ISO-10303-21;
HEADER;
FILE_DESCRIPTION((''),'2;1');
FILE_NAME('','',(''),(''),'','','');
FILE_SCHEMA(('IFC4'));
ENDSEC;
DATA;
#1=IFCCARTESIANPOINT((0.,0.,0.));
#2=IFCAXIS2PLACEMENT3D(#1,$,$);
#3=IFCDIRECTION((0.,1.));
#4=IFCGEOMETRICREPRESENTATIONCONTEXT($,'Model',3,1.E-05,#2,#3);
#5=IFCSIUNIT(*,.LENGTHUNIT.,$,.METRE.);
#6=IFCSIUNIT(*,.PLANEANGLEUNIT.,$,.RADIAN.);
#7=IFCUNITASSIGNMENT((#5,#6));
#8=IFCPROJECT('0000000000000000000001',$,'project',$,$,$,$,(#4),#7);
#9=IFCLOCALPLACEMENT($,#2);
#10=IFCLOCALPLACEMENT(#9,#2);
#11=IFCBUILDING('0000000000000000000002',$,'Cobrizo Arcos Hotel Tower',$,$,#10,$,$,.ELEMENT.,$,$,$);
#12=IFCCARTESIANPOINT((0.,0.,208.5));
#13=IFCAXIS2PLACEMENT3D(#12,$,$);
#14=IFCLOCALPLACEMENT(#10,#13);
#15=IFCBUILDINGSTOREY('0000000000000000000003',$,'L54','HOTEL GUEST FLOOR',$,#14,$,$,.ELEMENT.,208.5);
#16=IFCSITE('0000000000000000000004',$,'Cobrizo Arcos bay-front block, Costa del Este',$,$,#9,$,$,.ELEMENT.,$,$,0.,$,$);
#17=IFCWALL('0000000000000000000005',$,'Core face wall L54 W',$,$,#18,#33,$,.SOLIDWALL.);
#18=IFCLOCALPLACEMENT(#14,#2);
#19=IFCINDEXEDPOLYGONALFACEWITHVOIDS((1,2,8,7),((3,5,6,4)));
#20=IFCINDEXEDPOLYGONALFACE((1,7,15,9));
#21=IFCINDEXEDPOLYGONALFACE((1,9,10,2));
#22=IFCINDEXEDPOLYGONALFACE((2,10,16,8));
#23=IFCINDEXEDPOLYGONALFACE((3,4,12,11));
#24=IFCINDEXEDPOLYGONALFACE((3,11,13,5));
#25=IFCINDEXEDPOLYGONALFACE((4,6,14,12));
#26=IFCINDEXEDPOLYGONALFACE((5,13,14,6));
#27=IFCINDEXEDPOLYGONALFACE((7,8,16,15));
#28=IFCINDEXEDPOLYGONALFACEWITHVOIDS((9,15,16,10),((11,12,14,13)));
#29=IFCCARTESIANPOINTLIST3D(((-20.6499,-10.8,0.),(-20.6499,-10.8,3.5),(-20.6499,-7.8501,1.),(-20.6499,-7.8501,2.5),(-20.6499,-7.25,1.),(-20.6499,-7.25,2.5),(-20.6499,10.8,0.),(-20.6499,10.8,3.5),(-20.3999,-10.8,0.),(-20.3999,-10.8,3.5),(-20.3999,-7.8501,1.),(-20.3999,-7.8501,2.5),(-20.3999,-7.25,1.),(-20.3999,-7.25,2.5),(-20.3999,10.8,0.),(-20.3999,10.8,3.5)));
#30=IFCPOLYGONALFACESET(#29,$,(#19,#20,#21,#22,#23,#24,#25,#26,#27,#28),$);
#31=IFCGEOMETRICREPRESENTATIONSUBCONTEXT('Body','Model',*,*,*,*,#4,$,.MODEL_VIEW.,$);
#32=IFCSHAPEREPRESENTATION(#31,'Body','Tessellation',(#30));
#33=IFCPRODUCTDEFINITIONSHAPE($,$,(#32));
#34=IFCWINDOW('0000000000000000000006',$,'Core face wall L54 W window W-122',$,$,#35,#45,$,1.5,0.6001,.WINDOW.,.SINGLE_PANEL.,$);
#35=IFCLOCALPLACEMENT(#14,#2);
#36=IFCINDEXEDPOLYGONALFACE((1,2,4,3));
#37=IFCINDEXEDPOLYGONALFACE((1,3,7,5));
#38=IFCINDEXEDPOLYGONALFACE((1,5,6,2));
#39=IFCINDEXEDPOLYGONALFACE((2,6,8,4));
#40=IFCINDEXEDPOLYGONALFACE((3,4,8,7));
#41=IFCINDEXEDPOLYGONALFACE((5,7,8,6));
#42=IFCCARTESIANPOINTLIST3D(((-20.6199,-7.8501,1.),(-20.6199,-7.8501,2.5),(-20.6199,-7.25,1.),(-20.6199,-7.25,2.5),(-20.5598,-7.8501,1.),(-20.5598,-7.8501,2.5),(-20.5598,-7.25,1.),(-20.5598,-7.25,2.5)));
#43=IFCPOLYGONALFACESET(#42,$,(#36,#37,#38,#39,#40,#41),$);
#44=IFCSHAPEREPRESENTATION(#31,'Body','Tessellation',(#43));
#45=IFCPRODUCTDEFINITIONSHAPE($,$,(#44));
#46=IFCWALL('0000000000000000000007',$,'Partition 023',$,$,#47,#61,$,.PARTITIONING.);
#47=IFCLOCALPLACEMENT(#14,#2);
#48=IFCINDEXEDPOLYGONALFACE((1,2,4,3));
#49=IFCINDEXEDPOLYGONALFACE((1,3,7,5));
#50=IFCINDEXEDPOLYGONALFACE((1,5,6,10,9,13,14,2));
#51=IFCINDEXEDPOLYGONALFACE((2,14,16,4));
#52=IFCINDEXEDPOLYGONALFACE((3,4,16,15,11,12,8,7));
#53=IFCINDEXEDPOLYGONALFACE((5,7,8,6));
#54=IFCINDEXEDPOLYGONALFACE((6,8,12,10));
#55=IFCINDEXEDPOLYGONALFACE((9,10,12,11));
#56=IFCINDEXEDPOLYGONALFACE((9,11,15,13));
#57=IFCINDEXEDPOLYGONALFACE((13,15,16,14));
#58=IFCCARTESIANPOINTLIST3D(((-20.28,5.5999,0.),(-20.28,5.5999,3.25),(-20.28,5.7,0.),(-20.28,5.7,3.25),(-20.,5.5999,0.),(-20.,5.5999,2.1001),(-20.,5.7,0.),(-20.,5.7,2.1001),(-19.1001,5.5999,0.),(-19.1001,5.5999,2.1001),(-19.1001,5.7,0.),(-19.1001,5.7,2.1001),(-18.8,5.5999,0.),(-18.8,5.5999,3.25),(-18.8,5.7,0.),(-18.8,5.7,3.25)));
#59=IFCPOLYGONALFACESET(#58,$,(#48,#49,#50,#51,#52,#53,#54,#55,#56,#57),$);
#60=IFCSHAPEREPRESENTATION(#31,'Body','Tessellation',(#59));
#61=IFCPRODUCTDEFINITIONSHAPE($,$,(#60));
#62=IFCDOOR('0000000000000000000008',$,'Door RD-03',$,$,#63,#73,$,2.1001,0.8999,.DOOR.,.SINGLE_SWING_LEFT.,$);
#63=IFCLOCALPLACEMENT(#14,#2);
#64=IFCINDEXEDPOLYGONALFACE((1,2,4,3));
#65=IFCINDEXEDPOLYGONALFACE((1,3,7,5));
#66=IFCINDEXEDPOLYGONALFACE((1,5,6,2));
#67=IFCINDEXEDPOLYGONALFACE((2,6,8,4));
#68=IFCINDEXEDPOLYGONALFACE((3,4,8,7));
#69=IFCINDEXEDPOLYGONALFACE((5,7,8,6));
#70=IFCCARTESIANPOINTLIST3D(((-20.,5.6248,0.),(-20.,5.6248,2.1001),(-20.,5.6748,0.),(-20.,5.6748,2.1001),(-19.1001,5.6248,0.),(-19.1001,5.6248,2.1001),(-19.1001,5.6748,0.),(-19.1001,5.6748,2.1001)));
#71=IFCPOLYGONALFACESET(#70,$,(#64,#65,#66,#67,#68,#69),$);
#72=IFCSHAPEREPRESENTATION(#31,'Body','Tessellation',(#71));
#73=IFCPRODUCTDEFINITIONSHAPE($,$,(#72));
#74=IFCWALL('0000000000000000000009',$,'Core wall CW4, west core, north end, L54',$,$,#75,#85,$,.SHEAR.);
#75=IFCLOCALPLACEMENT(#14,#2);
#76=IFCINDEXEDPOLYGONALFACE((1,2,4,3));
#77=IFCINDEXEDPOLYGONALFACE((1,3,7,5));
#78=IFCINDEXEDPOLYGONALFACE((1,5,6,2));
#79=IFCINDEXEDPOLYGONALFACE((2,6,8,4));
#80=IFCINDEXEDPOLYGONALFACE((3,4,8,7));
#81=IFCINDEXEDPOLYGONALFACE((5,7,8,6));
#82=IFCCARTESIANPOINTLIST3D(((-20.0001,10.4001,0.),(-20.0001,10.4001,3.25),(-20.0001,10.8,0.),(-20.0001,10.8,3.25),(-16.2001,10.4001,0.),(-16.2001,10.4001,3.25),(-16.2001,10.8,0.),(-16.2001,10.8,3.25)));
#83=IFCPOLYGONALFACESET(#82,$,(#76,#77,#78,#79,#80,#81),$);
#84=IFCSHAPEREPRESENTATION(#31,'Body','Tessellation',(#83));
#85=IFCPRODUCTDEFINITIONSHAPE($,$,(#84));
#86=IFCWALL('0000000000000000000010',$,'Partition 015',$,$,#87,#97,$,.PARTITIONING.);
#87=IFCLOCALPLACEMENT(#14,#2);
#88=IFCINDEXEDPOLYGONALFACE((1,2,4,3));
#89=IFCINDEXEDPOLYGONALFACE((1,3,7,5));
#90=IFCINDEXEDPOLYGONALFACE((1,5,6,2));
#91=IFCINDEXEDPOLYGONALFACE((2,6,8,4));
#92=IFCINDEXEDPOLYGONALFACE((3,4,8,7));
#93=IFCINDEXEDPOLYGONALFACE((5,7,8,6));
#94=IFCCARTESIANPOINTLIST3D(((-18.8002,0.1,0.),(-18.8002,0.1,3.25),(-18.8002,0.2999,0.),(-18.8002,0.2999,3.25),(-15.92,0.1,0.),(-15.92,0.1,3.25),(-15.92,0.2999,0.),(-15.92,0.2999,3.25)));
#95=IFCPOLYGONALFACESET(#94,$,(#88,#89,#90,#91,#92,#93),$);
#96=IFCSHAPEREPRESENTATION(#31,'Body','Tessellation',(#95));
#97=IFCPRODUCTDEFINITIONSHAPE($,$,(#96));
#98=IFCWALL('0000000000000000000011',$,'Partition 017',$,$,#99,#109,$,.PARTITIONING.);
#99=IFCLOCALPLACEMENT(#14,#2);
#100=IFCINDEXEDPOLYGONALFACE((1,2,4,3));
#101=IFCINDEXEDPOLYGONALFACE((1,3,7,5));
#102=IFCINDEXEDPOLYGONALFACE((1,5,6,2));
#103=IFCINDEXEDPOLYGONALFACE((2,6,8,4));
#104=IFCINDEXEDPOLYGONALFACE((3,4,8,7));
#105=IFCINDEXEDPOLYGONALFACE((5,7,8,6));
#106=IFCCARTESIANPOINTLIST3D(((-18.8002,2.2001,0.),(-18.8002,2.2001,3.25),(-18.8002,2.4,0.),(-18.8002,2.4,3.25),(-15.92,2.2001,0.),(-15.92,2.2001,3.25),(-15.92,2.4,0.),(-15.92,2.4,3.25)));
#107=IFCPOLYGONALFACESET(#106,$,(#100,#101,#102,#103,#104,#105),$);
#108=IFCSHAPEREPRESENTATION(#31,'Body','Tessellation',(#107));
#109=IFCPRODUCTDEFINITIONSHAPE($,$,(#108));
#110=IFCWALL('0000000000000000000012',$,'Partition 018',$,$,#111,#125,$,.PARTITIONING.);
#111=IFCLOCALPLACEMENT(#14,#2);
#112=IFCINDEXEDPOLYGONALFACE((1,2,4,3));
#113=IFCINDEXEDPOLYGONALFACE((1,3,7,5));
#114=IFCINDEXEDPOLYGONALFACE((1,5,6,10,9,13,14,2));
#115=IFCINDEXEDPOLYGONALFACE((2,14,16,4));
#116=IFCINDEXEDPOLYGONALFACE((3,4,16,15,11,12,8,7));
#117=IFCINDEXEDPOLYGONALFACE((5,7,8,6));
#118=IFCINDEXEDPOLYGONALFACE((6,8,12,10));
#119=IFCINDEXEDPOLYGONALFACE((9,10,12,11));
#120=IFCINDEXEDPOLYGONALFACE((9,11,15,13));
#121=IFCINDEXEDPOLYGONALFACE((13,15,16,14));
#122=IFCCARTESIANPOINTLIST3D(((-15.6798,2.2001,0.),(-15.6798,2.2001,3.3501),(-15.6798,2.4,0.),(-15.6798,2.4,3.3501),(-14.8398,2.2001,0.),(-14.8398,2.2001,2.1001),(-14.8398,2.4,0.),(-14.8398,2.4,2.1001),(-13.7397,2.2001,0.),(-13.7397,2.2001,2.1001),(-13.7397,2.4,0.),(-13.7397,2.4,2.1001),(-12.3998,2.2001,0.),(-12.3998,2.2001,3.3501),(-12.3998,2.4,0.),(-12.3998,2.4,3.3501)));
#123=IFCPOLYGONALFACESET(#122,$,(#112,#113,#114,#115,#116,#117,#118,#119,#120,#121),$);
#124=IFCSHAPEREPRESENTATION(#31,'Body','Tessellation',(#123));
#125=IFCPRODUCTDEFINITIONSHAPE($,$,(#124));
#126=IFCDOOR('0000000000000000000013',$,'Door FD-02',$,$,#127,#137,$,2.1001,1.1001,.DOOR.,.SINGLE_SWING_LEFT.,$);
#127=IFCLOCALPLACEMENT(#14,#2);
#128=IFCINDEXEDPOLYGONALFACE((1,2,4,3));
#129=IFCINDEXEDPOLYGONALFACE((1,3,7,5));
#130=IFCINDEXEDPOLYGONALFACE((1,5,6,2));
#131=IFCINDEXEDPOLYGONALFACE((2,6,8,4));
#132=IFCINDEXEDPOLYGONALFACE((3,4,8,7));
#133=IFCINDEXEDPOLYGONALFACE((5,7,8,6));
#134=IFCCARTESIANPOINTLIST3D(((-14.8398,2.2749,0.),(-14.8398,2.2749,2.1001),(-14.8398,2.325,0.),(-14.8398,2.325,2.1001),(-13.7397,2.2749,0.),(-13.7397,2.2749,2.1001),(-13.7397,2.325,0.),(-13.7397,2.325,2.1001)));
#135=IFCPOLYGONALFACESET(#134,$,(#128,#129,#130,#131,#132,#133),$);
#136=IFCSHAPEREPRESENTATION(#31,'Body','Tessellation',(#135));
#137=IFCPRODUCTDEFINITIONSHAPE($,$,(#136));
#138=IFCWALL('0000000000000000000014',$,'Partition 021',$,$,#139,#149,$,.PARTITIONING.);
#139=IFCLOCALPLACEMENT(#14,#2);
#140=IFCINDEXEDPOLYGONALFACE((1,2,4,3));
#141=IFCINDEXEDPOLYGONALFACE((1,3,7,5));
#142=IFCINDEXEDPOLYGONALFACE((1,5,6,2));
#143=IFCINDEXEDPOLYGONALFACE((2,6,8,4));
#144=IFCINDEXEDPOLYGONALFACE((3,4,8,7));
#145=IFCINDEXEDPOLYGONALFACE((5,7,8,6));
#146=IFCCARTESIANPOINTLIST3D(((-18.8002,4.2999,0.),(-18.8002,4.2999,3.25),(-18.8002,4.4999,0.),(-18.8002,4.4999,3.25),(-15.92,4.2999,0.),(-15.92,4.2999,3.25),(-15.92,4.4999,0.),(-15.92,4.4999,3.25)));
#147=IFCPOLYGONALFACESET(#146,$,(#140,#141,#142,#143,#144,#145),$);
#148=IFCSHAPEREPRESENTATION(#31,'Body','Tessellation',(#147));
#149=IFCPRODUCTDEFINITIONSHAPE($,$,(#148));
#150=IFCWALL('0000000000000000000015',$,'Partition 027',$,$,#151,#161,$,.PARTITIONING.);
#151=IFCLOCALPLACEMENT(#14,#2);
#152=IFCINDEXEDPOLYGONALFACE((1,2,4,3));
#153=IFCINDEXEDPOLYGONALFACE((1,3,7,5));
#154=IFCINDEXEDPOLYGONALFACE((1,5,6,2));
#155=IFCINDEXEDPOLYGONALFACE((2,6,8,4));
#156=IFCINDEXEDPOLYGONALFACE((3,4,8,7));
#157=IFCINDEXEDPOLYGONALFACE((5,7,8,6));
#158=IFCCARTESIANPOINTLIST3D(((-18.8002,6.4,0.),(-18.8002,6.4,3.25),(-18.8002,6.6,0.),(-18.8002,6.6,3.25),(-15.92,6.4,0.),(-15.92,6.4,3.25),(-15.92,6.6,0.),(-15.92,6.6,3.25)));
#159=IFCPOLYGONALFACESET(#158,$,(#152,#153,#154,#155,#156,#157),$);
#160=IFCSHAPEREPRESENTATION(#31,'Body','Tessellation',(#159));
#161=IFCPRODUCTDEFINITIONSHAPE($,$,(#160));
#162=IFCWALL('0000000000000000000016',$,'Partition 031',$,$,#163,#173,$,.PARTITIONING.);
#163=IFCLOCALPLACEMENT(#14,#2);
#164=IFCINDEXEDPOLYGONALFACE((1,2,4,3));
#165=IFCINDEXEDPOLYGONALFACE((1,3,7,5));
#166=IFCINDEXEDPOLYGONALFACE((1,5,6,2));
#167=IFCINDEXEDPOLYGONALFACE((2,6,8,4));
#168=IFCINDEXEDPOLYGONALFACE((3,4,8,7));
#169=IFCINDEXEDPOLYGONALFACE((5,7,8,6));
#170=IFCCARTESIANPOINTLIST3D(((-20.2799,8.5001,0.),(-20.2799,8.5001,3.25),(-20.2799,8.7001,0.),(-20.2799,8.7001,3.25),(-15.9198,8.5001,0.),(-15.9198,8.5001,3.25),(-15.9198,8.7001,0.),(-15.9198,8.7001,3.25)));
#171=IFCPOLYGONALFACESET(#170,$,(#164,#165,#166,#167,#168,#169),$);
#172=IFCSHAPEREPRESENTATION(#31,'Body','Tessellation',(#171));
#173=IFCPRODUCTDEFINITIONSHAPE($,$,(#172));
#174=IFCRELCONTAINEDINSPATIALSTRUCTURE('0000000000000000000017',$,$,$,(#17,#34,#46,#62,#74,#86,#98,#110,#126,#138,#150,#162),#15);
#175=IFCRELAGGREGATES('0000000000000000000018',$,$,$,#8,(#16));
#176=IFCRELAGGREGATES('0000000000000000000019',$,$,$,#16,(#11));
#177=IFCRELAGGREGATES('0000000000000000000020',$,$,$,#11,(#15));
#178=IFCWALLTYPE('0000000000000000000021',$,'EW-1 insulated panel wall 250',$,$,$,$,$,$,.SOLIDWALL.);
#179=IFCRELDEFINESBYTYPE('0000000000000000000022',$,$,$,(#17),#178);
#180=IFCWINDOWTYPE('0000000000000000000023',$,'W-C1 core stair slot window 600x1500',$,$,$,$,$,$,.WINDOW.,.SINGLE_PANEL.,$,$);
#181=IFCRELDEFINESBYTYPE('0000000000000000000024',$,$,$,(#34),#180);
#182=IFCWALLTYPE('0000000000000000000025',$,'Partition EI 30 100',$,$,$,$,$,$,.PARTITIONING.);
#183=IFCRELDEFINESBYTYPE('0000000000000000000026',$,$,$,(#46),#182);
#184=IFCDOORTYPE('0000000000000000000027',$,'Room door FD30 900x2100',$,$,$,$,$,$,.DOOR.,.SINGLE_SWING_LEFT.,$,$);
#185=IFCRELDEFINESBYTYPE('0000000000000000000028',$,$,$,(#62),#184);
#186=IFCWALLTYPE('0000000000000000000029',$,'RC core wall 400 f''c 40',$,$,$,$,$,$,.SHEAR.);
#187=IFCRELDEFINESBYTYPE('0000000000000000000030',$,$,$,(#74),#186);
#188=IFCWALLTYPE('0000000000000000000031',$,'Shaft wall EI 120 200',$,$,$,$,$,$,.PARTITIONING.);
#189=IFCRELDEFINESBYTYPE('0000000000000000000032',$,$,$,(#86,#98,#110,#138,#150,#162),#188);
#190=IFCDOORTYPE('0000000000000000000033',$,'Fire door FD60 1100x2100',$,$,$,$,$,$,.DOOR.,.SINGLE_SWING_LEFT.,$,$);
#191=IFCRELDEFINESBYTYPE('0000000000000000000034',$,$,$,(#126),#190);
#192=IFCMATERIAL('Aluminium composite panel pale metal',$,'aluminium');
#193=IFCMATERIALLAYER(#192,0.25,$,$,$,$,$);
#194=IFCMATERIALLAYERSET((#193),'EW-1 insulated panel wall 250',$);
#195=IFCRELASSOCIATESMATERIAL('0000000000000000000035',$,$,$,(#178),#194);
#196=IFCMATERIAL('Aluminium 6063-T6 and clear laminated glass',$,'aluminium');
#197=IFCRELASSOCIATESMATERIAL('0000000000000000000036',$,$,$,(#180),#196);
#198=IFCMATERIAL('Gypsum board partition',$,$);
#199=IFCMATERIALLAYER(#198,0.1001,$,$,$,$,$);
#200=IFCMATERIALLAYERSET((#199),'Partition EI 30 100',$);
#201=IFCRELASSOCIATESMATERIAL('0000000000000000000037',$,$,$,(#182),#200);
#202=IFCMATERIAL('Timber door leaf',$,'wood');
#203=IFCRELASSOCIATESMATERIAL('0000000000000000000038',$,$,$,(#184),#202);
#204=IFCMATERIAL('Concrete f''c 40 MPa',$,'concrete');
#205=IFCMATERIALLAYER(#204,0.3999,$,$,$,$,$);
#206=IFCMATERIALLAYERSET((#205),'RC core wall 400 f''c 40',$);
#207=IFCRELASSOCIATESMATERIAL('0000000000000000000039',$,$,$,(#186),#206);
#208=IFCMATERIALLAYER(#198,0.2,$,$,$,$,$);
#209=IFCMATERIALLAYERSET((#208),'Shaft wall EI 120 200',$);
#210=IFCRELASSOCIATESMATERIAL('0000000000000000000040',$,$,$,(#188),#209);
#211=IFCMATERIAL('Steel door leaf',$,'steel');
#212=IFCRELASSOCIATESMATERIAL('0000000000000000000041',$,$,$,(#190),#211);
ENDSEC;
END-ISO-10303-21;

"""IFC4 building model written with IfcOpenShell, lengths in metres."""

from ifc_helpers import new_model, si_unit, direction, frame, frame_2d, origin, place, context, subcontext, project, spatial, rectangle, extrude, material, layer, layer_set, type_object, element, fill, save


model = new_model("IFC4")

# Units and contexts
model_context = context("Model", 3, precision=1e-05, world=origin(), true_north=direction((0.0, 1.0)))
body_context = subcontext(model_context, "Body", "Model", "MODEL_VIEW")
ifc_project = project(units=[si_unit("LENGTHUNIT", "METRE"), si_unit("PLANEANGLEUNIT", "RADIAN")], contexts=[model_context])

# Site, building, storey
site_placement = place(None, origin())
site = spatial("IfcSite", under=ifc_project, at=site_placement, Name="Cobrizo Arcos bay-front block, Costa del Este", CompositionType="ELEMENT", RefElevation=0.0)
building_placement = place(site_placement, origin())
building = spatial("IfcBuilding", under=site, at=building_placement, Name="Cobrizo Arcos Hotel Tower", CompositionType="ELEMENT")
storey_placement = place(building_placement, frame((0.0, 0.0, 208.5)))
storey = spatial("IfcBuildingStorey", under=building, at=storey_placement, Name="L54", Description="HOTEL GUEST FLOOR", CompositionType="ELEMENT", Elevation=208.5)

# Shared definitions
ifc_material_1 = material(Name="Gypsum board partition")

# Wall, opening, window
ifc_material_2 = material(Name="Aluminium composite panel pale metal", Category="aluminium")
ifc_layer_1 = layer(ifc_material_2, 0.25)
ifc_layer_set_1 = layer_set([ifc_layer_1], Name="EW-1 insulated panel wall 250")
wall_type_1 = type_object("IfcWallType", Name="EW-1 insulated panel wall 250", PredefinedType="SOLIDWALL", material=ifc_layer_set_1)
wall_1_placement = place(storey_placement, frame((-20.5249, 10.8, 0.0), z_axis=(0.0, 0.0, 1.0), x_axis=(0.0, -1.0, 0.0)))
wall_1 = element("IfcWall", 1, at=wall_1_placement, inside=storey, type_object=wall_type_1, Name="Core face wall L54 W", PredefinedType="SOLIDWALL", context=body_context, shape_type="SweptSolid", body=[
    extrude(rectangle(XDim=21.6001, YDim=0.25, at=frame_2d((10.8, 0.0))), origin(), (0.0, 0.0, 1.0), 3.5),
])
opening_1_placement = place(wall_1_placement, frame((18.05, 0.0, 1.0)))
opening_1 = element("IfcOpeningElement", 2, at=opening_1_placement, cuts=wall_1, PredefinedType="OPENING", context=body_context, shape_type="SweptSolid", body=[
    extrude(rectangle(XDim=0.6001, YDim=1.5, at=frame_2d((0.3, 0.75))), frame((0.0, 0.137, 0.0), z_axis=(0.0, -1.0, 0.0), x_axis=(1.0, 0.0, 0.0)), (0.0, 0.0, 1.0), 0.2739),
])
ifc_material_3 = material(Name="Aluminium 6063-T6 and clear laminated glass", Category="aluminium")
window_type = type_object("IfcWindowType", Name="W-C1 core stair slot window 600x1500", PartitioningType="SINGLE_PANEL", PredefinedType="WINDOW", material=ifc_material_3)
window_placement = place(opening_1_placement, origin())
window = element("IfcWindow", 3, at=window_placement, inside=storey, type_object=window_type, Name="Core face wall L54 W window W-122", OverallHeight=1.5, OverallWidth=0.6001, PartitioningType="SINGLE_PANEL", PredefinedType="WINDOW", context=body_context, shape_type="SweptSolid", body=[
    extrude(rectangle(XDim=0.6001, YDim=1.5, at=frame_2d((0.3, 0.75))), frame((0.0, -0.0349, 0.0), z_axis=(0.0, -1.0, 0.0), x_axis=(1.0, 0.0, 0.0)), (0.0, 0.0, 1.0), 0.0601),
])
fill(opening_1, window)

# Wall, opening, door
ifc_layer_2 = layer(ifc_material_1, 0.1001)
ifc_layer_set_2 = layer_set([ifc_layer_2], Name="Partition EI 30 100")
wall_type_2 = type_object("IfcWallType", Name="Partition EI 30 100", PredefinedType="PARTITIONING", material=ifc_layer_set_2)
wall_2_placement = place(storey_placement, frame((-20.28, 5.6499, 0.0), z_axis=(0.0, 0.0, 1.0), x_axis=(1.0, 0.0, 0.0)))
wall_2 = element("IfcWall", 4, at=wall_2_placement, inside=storey, type_object=wall_type_2, Name="Partition 023", PredefinedType="PARTITIONING", context=body_context, shape_type="SweptSolid", body=[
    extrude(rectangle(XDim=1.48, YDim=0.1001, at=frame_2d((0.74, 0.0))), origin(), (0.0, 0.0, 1.0), 3.25),
])
opening_2_placement = place(wall_2_placement, frame((0.28, 0.0, 0.0)))
opening_2 = element("IfcOpeningElement", 5, at=opening_2_placement, cuts=wall_2, PredefinedType="OPENING", context=body_context, shape_type="SweptSolid", body=[
    extrude(rectangle(XDim=0.8999, YDim=2.1001, at=frame_2d((0.45, 1.05))), frame((0.0, 0.062, 0.0), z_axis=(0.0, -1.0, 0.0), x_axis=(1.0, 0.0, 0.0)), (0.0, 0.0, 1.0), 0.124),
])
ifc_material_4 = material(Name="Timber door leaf", Category="wood")
door_type_1 = type_object("IfcDoorType", Name="Room door FD30 900x2100", OperationType="SINGLE_SWING_LEFT", PredefinedType="DOOR", material=ifc_material_4)
door_1_placement = place(opening_2_placement, origin())
door_1 = element("IfcDoor", 6, at=door_1_placement, inside=storey, type_object=door_type_1, Name="Door RD-03", OperationType="SINGLE_SWING_LEFT", OverallHeight=2.1001, OverallWidth=0.8999, PredefinedType="DOOR", context=body_context, shape_type="SweptSolid", body=[
    extrude(rectangle(XDim=0.8999, YDim=2.1001, at=frame_2d((0.45, 1.05))), frame((0.0, 0.0249, 0.0), z_axis=(0.0, -1.0, 0.0), x_axis=(1.0, 0.0, 0.0)), (0.0, 0.0, 1.0), 0.05),
])
fill(opening_2, door_1)

# Walls
ifc_material_5 = material(Name="Concrete f'c 40 MPa", Category="concrete")
ifc_layer_3 = layer(ifc_material_5, 0.3999)
ifc_layer_set_3 = layer_set([ifc_layer_3], Name="RC core wall 400 f'c 40")
wall_type_3 = type_object("IfcWallType", Name="RC core wall 400 f'c 40", PredefinedType="SHEAR", material=ifc_layer_set_3)
wall_3_placement = place(storey_placement, frame((-20.0, 10.6001, 0.0), z_axis=(0.0, 0.0, 1.0), x_axis=(1.0, 0.0, 0.0)))
element("IfcWall", 7, at=wall_3_placement, inside=storey, type_object=wall_type_3, Name="Core wall CW4, west core, north end, L54", PredefinedType="SHEAR", context=body_context, shape_type="SweptSolid", body=[
    extrude(rectangle(XDim=3.8, YDim=0.3999, at=frame_2d((1.8999, 0.0))), origin(), (0.0, 0.0, 1.0), 3.25),
])
ifc_layer_4 = layer(ifc_material_1, 0.2)
ifc_layer_set_4 = layer_set([ifc_layer_4], Name="Shaft wall EI 120 200")
wall_type_4 = type_object("IfcWallType", Name="Shaft wall EI 120 200", PredefinedType="PARTITIONING", material=ifc_layer_set_4)
for number, where, z_axis, x_axis, name in (
    (8, (-18.8, 0.2, 0.0), (0.0, 0.0, 1.0), (1.0, 0.0, 0.0), "Partition 015"),
    (9, (-18.8, 2.3, 0.0), (0.0, 0.0, 1.0), (1.0, 0.0, 0.0), "Partition 017"),
):
    element("IfcWall", number, at=place(storey_placement, frame(where, z_axis=z_axis, x_axis=x_axis)), inside=storey, type_object=wall_type_4, Name=name, PredefinedType="PARTITIONING", context=body_context, shape_type="SweptSolid", body=[
        extrude(rectangle(XDim=2.8801, YDim=0.2, at=frame_2d((1.4399, 0.0))), origin(), (0.0, 0.0, 1.0), 3.25),
    ])

# Wall, opening, door
wall_4_placement = place(storey_placement, frame((-15.6799, 2.3, 0.0), z_axis=(0.0, 0.0, 1.0), x_axis=(1.0, 0.0, 0.0)))
wall_4 = element("IfcWall", 10, at=wall_4_placement, inside=storey, type_object=wall_type_4, Name="Partition 018", PredefinedType="PARTITIONING", context=body_context, shape_type="SweptSolid", body=[
    extrude(rectangle(XDim=3.28, YDim=0.2, at=frame_2d((1.6401, 0.0))), origin(), (0.0, 0.0, 1.0), 3.3501),
])
opening_3_placement = place(wall_4_placement, frame((0.8401, 0.0, 0.0)))
opening_3 = element("IfcOpeningElement", 11, at=opening_3_placement, cuts=wall_4, PredefinedType="OPENING", context=body_context, shape_type="SweptSolid", body=[
    extrude(rectangle(XDim=1.1001, YDim=2.1001, at=frame_2d((0.55, 1.05))), frame((0.0, 0.1121, 0.0), z_axis=(0.0, -1.0, 0.0), x_axis=(1.0, 0.0, 0.0)), (0.0, 0.0, 1.0), 0.2239),
])
ifc_material_6 = material(Name="Steel door leaf", Category="steel")
door_type_2 = type_object("IfcDoorType", Name="Fire door FD60 1100x2100", OperationType="SINGLE_SWING_LEFT", PredefinedType="DOOR", material=ifc_material_6)
door_2_placement = place(opening_3_placement, origin())
door_2 = element("IfcDoor", 12, at=door_2_placement, inside=storey, type_object=door_type_2, Name="Door FD-02", OperationType="SINGLE_SWING_LEFT", OverallHeight=2.1001, OverallWidth=1.1001, PredefinedType="DOOR", context=body_context, shape_type="SweptSolid", body=[
    extrude(rectangle(XDim=1.1001, YDim=2.1001, at=frame_2d((0.55, 1.05))), frame((0.0, 0.0249, 0.0), z_axis=(0.0, -1.0, 0.0), x_axis=(1.0, 0.0, 0.0)), (0.0, 0.0, 1.0), 0.05),
])
fill(opening_3, door_2)

# Walls
for number, where, z_axis, x_axis, name in (
    (13, (-18.8, 4.3999, 0.0), (0.0, 0.0, 1.0), (1.0, 0.0, 0.0), "Partition 021"),
    (14, (-18.8, 6.5, 0.0), (0.0, 0.0, 1.0), (1.0, 0.0, 0.0), "Partition 027"),
):
    element("IfcWall", number, at=place(storey_placement, frame(where, z_axis=z_axis, x_axis=x_axis)), inside=storey, type_object=wall_type_4, Name=name, PredefinedType="PARTITIONING", context=body_context, shape_type="SweptSolid", body=[
        extrude(rectangle(XDim=2.8801, YDim=0.2, at=frame_2d((1.4399, 0.0))), origin(), (0.0, 0.0, 1.0), 3.25),
    ])
wall_5_placement = place(storey_placement, frame((-20.28, 8.6001, 0.0), z_axis=(0.0, 0.0, 1.0), x_axis=(1.0, 0.0, 0.0)))
element("IfcWall", 15, at=wall_5_placement, inside=storey, type_object=wall_type_4, Name="Partition 031", PredefinedType="PARTITIONING", context=body_context, shape_type="SweptSolid", body=[
    extrude(rectangle(XDim=4.3601, YDim=0.2, at=frame_2d((2.1802, 0.0))), origin(), (0.0, 0.0, 1.0), 3.25),
])

save(model, "model.ifc")
